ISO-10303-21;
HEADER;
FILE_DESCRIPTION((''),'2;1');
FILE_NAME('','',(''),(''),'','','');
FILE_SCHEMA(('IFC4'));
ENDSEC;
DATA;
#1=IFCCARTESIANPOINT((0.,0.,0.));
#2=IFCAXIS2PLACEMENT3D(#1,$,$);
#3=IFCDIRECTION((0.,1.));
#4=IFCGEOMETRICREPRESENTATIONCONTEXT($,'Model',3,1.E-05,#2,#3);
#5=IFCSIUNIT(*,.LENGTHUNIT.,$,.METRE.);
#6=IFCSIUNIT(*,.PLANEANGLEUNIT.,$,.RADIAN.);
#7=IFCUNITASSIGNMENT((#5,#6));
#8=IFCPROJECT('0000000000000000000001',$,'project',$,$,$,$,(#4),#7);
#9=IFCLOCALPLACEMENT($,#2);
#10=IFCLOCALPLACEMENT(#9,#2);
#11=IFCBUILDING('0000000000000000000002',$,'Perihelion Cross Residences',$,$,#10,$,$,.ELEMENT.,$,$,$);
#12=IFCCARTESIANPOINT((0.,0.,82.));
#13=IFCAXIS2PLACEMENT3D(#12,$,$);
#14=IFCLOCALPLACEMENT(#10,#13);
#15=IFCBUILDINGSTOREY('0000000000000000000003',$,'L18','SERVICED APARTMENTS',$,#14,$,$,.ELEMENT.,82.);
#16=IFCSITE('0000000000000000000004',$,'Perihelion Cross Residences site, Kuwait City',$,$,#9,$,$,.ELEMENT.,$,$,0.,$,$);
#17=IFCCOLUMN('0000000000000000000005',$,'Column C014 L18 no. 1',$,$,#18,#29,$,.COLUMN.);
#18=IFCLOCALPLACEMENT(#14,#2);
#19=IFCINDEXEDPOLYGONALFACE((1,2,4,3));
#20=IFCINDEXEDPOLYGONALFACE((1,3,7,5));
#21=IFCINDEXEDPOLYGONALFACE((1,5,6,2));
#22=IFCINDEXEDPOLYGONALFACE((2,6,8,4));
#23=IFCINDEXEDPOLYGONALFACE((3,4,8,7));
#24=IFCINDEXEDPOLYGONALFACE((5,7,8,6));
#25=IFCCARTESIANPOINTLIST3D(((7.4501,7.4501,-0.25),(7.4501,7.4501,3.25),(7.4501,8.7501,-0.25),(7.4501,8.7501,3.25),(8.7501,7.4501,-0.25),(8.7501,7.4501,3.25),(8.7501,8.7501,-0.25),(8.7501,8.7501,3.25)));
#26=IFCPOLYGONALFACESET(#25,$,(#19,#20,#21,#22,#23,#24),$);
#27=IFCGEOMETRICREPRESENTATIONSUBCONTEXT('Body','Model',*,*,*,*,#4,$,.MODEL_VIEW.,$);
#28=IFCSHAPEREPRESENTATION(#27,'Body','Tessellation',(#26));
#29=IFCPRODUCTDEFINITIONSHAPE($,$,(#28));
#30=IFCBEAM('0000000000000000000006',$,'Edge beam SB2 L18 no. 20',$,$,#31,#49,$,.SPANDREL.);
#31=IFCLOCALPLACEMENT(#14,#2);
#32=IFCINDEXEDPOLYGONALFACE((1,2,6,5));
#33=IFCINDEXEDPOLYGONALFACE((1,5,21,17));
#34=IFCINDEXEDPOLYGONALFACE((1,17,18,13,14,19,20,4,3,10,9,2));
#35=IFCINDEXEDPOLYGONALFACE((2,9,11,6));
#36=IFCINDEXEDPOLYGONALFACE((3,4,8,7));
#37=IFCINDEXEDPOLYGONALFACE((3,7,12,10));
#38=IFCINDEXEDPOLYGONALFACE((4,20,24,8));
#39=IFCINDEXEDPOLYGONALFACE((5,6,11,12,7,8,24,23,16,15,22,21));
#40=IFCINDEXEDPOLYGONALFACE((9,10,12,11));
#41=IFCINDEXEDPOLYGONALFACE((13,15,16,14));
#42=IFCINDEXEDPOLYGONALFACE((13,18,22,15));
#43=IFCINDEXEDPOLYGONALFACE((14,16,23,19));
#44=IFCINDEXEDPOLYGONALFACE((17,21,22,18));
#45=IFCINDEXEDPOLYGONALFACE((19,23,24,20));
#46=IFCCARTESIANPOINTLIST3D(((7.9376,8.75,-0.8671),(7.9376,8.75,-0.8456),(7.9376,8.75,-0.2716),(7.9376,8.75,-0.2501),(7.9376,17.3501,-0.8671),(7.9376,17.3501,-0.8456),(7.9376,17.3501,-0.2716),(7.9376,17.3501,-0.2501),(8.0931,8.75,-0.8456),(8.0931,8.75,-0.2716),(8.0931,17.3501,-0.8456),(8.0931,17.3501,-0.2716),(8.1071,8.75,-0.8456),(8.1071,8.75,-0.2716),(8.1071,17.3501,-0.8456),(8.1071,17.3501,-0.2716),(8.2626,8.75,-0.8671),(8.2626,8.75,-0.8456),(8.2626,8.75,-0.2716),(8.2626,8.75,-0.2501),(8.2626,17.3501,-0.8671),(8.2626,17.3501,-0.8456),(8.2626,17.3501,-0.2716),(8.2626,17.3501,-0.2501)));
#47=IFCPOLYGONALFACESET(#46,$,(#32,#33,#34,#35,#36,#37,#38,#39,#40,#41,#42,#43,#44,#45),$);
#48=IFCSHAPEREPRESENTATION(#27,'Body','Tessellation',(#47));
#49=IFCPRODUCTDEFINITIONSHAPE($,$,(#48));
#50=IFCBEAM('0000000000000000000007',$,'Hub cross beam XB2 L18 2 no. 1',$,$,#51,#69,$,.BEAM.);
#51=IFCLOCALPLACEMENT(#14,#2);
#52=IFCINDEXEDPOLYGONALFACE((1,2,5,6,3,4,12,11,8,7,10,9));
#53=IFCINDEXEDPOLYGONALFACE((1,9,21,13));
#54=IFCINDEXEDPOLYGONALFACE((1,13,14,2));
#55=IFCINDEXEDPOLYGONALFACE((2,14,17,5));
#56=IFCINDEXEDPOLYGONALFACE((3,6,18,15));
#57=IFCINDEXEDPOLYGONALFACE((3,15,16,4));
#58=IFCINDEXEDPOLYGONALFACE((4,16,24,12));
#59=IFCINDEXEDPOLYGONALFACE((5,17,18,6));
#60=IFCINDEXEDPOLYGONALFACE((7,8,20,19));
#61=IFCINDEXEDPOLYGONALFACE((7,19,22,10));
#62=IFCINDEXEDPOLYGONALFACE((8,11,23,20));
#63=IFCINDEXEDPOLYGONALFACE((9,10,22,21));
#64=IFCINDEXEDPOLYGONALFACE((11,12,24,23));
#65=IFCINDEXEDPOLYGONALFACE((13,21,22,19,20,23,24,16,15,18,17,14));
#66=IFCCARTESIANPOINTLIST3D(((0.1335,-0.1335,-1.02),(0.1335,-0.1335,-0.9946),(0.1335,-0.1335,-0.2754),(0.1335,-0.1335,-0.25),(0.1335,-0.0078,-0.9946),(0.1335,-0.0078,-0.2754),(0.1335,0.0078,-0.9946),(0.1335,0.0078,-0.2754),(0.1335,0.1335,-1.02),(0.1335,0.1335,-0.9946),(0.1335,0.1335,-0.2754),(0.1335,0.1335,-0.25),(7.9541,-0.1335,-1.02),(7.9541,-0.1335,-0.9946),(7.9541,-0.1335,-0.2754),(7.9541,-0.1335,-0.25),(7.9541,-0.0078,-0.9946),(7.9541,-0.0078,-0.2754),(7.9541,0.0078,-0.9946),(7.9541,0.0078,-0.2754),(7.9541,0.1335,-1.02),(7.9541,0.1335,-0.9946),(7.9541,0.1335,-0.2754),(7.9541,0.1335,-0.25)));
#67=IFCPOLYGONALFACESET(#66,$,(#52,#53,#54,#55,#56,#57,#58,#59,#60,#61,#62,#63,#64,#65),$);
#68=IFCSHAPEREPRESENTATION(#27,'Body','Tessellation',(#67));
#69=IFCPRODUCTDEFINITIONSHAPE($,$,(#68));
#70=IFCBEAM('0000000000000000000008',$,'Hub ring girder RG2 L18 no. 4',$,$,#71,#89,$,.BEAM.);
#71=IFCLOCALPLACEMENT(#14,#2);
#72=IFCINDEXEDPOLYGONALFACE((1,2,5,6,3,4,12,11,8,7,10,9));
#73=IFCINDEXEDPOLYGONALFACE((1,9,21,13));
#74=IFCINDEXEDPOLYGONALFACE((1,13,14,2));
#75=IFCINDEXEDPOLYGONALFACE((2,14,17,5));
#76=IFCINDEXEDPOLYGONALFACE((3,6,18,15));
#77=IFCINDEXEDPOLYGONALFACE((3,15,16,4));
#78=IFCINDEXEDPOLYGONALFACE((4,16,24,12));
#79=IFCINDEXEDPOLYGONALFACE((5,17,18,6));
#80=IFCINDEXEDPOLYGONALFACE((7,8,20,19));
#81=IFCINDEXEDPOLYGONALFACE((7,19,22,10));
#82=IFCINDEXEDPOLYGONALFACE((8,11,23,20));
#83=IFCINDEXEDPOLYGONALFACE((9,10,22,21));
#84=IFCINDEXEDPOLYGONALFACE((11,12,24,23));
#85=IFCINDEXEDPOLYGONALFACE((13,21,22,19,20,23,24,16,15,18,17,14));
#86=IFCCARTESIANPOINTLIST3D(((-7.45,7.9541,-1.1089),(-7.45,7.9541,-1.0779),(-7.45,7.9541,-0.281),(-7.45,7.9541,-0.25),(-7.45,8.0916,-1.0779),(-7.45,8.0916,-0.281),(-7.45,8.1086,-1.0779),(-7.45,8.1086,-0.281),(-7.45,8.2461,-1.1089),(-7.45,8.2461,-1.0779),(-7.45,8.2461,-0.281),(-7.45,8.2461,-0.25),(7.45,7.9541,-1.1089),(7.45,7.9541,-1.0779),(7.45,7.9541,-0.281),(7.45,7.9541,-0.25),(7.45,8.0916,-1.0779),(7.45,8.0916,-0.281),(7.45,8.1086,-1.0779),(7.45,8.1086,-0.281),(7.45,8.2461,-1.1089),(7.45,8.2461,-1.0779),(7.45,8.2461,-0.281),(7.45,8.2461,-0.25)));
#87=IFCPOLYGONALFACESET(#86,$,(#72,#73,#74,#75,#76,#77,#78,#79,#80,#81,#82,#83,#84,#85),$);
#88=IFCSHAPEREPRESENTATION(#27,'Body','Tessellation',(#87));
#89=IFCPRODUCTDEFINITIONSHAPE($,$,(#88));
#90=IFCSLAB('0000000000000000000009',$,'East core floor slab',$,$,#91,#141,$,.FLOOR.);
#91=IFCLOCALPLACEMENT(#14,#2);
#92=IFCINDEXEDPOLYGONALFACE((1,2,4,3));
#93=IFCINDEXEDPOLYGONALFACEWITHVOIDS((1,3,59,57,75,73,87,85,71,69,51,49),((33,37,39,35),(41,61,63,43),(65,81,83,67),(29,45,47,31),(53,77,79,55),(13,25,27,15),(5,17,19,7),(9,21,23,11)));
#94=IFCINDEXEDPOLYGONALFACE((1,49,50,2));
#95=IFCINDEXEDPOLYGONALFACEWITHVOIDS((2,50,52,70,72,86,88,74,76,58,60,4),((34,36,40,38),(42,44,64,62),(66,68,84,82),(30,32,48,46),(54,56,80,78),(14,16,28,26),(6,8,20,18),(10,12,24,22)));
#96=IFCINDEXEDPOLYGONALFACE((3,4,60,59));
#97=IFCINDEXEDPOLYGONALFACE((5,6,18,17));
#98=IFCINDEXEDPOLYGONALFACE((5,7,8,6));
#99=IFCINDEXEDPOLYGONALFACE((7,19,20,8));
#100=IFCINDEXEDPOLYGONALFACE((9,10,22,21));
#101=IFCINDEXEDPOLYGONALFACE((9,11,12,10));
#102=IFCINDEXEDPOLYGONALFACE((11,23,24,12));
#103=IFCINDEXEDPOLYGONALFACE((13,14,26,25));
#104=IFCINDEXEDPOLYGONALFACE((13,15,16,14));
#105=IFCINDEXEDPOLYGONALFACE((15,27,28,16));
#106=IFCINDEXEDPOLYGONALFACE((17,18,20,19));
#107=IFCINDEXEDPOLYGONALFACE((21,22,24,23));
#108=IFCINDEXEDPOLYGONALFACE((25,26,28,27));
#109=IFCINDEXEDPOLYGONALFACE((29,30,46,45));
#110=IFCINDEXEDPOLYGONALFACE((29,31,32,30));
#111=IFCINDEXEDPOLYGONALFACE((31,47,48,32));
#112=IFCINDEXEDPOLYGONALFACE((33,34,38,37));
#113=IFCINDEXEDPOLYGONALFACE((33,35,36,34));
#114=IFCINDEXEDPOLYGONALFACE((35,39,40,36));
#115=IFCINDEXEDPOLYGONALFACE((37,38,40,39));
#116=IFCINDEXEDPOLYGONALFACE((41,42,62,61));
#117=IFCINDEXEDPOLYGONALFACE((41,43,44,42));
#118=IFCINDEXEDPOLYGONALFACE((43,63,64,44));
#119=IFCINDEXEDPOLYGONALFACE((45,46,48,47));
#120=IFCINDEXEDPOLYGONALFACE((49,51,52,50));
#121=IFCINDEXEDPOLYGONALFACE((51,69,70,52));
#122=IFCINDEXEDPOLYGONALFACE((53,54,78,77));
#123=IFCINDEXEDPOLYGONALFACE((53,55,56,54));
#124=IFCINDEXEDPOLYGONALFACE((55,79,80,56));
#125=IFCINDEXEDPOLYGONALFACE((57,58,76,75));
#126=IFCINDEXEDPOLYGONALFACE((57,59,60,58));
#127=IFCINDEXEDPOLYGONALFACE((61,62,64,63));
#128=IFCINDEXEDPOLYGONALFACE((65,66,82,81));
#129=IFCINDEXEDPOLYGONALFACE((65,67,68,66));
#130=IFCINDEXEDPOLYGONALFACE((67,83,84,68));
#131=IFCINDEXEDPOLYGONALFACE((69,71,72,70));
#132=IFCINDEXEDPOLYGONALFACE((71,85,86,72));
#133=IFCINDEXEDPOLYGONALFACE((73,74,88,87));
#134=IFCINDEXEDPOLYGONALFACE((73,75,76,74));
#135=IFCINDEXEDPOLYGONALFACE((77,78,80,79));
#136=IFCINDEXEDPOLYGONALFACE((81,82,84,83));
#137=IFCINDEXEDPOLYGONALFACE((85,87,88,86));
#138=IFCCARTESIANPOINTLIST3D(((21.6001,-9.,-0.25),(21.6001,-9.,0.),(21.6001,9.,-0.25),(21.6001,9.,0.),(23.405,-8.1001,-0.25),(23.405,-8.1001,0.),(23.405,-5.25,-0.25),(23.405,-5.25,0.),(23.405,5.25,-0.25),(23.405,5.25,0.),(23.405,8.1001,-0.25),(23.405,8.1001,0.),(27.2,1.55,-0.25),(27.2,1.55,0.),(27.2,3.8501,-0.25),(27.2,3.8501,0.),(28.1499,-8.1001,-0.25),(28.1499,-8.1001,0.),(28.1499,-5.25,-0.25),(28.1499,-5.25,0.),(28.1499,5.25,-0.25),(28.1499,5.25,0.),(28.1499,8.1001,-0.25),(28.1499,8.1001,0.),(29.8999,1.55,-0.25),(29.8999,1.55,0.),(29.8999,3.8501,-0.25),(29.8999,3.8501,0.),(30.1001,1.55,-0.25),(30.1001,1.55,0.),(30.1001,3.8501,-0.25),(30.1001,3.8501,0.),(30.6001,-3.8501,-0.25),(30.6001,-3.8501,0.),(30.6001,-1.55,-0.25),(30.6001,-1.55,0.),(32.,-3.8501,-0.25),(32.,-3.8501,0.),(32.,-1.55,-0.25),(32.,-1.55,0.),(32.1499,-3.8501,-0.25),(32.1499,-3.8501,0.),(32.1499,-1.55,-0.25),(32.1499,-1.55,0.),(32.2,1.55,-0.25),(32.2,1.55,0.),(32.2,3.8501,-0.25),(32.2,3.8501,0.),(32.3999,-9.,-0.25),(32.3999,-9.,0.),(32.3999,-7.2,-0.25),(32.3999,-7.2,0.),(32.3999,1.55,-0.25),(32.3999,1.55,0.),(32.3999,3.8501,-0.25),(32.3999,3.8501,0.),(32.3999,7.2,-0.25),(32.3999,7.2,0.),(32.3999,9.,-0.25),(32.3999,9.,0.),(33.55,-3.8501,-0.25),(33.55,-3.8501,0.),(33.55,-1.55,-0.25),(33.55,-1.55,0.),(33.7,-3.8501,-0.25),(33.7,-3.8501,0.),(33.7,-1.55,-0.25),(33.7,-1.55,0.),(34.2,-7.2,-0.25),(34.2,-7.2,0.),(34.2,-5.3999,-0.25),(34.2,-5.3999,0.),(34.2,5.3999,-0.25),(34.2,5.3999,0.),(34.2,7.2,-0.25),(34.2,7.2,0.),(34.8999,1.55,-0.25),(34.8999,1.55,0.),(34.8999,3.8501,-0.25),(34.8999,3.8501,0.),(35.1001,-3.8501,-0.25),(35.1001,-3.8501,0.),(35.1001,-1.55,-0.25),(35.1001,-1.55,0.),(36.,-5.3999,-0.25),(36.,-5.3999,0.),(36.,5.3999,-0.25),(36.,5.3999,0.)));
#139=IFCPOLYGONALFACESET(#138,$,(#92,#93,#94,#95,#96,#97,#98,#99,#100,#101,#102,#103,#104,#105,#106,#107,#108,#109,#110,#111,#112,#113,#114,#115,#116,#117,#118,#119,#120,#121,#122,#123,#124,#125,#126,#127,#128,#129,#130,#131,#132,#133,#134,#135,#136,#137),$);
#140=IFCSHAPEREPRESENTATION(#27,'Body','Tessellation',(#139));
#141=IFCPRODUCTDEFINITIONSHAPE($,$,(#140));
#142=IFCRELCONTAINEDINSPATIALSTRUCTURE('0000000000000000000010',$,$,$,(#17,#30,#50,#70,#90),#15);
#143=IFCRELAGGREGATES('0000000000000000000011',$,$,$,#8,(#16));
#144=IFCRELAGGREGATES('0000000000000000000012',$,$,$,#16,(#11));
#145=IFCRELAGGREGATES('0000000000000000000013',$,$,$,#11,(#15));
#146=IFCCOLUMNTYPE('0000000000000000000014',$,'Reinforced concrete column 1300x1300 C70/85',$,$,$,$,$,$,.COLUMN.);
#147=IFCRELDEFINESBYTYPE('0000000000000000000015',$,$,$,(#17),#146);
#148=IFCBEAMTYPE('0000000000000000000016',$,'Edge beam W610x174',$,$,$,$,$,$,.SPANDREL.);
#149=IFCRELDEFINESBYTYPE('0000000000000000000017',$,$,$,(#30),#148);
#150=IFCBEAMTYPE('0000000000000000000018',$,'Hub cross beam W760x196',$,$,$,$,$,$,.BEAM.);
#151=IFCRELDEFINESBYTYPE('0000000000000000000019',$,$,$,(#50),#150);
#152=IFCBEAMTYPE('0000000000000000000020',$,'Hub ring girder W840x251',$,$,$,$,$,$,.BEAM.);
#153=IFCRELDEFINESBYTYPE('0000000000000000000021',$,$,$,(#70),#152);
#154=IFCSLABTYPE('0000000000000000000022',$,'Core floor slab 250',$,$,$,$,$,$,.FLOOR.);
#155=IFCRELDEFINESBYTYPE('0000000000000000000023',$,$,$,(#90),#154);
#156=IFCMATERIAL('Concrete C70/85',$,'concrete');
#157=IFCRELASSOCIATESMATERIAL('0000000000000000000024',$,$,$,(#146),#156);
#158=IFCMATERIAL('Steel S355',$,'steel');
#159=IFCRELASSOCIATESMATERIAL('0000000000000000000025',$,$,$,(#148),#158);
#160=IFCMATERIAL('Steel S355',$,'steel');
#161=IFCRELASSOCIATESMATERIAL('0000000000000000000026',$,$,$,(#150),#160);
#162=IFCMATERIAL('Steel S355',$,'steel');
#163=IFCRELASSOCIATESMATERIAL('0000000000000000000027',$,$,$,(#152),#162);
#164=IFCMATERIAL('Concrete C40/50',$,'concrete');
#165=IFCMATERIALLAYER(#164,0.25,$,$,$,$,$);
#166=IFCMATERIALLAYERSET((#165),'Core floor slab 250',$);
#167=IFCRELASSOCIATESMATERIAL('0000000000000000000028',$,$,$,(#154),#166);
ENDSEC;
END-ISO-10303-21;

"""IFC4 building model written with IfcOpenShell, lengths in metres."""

from ifc_helpers import new_model, si_unit, direction, frame, origin, origin_2d, place, context, subcontext, project, spatial, polyline, rectangle, i_section, outline, extrude, material, layer, layer_set, material_profile, profile_set, type_object, element, save


model = new_model("IFC4")

# Units and contexts
model_context = context("Model", 3, precision=1e-05, world=origin(), true_north=direction((0.0, 1.0)))
body_context = subcontext(model_context, "Body", "Model", "MODEL_VIEW")
ifc_project = project(units=[si_unit("LENGTHUNIT", "METRE"), si_unit("PLANEANGLEUNIT", "RADIAN")], contexts=[model_context])

# Site, building, storey
site_placement = place(None, origin())
site = spatial("IfcSite", under=ifc_project, at=site_placement, Name="Perihelion Cross Residences site, Kuwait City", CompositionType="ELEMENT", RefElevation=0.0)
building_placement = place(site_placement, origin())
building = spatial("IfcBuilding", under=site, at=building_placement, Name="Perihelion Cross Residences", CompositionType="ELEMENT")
storey_placement = place(building_placement, frame((0.0, 0.0, 82.0)))
storey = spatial("IfcBuildingStorey", under=building, at=storey_placement, Name="L18", Description="SERVICED APARTMENTS", CompositionType="ELEMENT", Elevation=82.0)

# Column
ifc_material_1 = material(Name="Concrete C70/85", Category="concrete")
ifc_material_profile_1 = material_profile(ifc_material_1, rectangle(XDim=1.3, YDim=1.3, at=origin_2d()), Name="RC 1300x1300")
ifc_profile_set_1 = profile_set([ifc_material_profile_1], Name="Concrete C70/85")
column_type = type_object("IfcColumnType", Name="Reinforced concrete column 1300x1300 C70/85", PredefinedType="COLUMN", material=ifc_profile_set_1)
column_placement = place(storey_placement, frame((8.1001, 8.1001, -0.25), z_axis=(0.0, 0.0, 1.0), x_axis=(1.0, 0.0, 0.0)))
element("IfcColumn", 1, at=column_placement, inside=storey, type_object=column_type, Name="Column C014 L18 no. 1", PredefinedType="COLUMN", context=body_context, shape_type="SweptSolid", body=[
    extrude(rectangle(XDim=1.3, YDim=1.3, at=origin_2d()), origin(), (0.0, 0.0, 1.0), 3.5),
])

# Beams
ifc_material_2 = material(Name="Steel S355", Category="steel")
ifc_material_profile_2 = material_profile(ifc_material_2, i_section(OverallWidth=0.325, OverallDepth=0.6169, WebThickness=0.0139, FlangeThickness=0.0215, at=origin_2d()), Name="W610x174")
ifc_profile_set_2 = profile_set([ifc_material_profile_2], Name="Steel S355")
beam_type_1 = type_object("IfcBeamType", Name="Edge beam W610x174", PredefinedType="SPANDREL", material=ifc_profile_set_2)
beam_1_placement = place(storey_placement, frame((8.1001, 8.75, -0.5586), z_axis=(0.0, 1.0, 0.0), x_axis=(-1.0, 0.0, 0.0)))
element("IfcBeam", 2, at=beam_1_placement, inside=storey, type_object=beam_type_1, Name="Edge beam SB2 L18 no. 20", PredefinedType="SPANDREL", context=body_context, shape_type="SweptSolid", body=[
    extrude(i_section(OverallWidth=0.325, OverallDepth=0.6169, WebThickness=0.0139, FlangeThickness=0.0215, at=origin_2d()), origin(), (0.0, 0.0, 1.0), 8.6001),
])
ifc_material_3 = material(Name="Steel S355", Category="steel")
ifc_material_profile_3 = material_profile(ifc_material_3, i_section(OverallWidth=0.2671, OverallDepth=0.77, WebThickness=0.0156, FlangeThickness=0.0254, at=origin_2d()), Name="W760x196")
ifc_profile_set_3 = profile_set([ifc_material_profile_3], Name="Steel S355")
beam_type_2 = type_object("IfcBeamType", Name="Hub cross beam W760x196", PredefinedType="BEAM", material=ifc_profile_set_3)
beam_2_placement = place(storey_placement, frame((0.1335, 0.0, -0.635), z_axis=(1.0, 0.0, 0.0), x_axis=(0.0, 1.0, 0.0)))
element("IfcBeam", 3, at=beam_2_placement, inside=storey, type_object=beam_type_2, Name="Hub cross beam XB2 L18 2 no. 1", PredefinedType="BEAM", context=body_context, shape_type="SweptSolid", body=[
    extrude(i_section(OverallWidth=0.2671, OverallDepth=0.77, WebThickness=0.0156, FlangeThickness=0.0254, at=origin_2d()), origin(), (0.0, 0.0, 1.0), 7.8206),
])
ifc_material_4 = material(Name="Steel S355", Category="steel")
ifc_material_profile_4 = material_profile(ifc_material_4, i_section(OverallWidth=0.292, OverallDepth=0.8589, WebThickness=0.0171, FlangeThickness=0.031, at=origin_2d()), Name="W840x251")
ifc_profile_set_4 = profile_set([ifc_material_profile_4], Name="Steel S355")
beam_type_3 = type_object("IfcBeamType", Name="Hub ring girder W840x251", PredefinedType="BEAM", material=ifc_profile_set_4)
beam_3_placement = place(storey_placement, frame((7.45, 8.1001, -0.6794), z_axis=(-1.0, 0.0, 0.0), x_axis=(0.0, -1.0, 0.0)))
element("IfcBeam", 4, at=beam_3_placement, inside=storey, type_object=beam_type_3, Name="Hub ring girder RG2 L18 no. 4", PredefinedType="BEAM", context=body_context, shape_type="SweptSolid", body=[
    extrude(i_section(OverallWidth=0.292, OverallDepth=0.8589, WebThickness=0.0171, FlangeThickness=0.031, at=origin_2d()), origin(), (0.0, 0.0, 1.0), 14.8999),
])

# Slab
ifc_material_5 = material(Name="Concrete C40/50", Category="concrete")
ifc_layer_1 = layer(ifc_material_5, 0.25)
ifc_layer_set_1 = layer_set([ifc_layer_1], Name="Core floor slab 250")
slab_type_1 = type_object("IfcSlabType", Name="Core floor slab 250", PredefinedType="FLOOR", material=ifc_layer_set_1)
slab_1_placement = place(storey_placement, frame((0.0, 0.0, -0.25)))
element("IfcSlab", 5, at=slab_1_placement, inside=storey, type_object=slab_type_1, Name="East core floor slab", PredefinedType="FLOOR", context=body_context, shape_type="SweptSolid", body=[
    extrude(outline(polyline([(32.3999, 7.2), (34.2, 7.2), (34.2, 5.3999), (36.0, 5.3999), (36.0, -5.3999), (34.2, -5.3999), (34.2, -7.2), (32.3999, -7.2), (32.3999, -9.0), (21.6001, -9.0), (21.6001, 9.0), (32.3999, 9.0), (32.3999, 7.2)]), holes=[polyline([(23.405, -8.1001), (28.1499, -8.1001), (28.1499, -5.25), (23.405, -5.25), (23.405, -8.1001)]), polyline([(30.6001, -1.55), (30.6001, -3.8501), (32.0, -3.8501), (32.0, -1.55), (30.6001, -1.55)]), polyline([(32.1499, -1.55), (32.1499, -3.8501), (33.55, -3.8501), (33.55, -1.55), (32.1499, -1.55)]), polyline([(33.7, -1.55), (33.7, -3.8501), (35.1001, -3.8501), (35.1001, -1.55), (33.7, -1.55)]), polyline([(27.2, 3.8501), (27.2, 1.55), (29.8999, 1.55), (29.8999, 3.8501), (27.2, 3.8501)]), polyline([(30.1001, 3.8501), (30.1001, 1.55), (32.2, 1.55), (32.2, 3.8501), (30.1001, 3.8501)]), polyline([(32.3999, 3.8501), (32.3999, 1.55), (34.8999, 1.55), (34.8999, 3.8501), (32.3999, 3.8501)]), polyline([(23.405, 5.25), (28.1499, 5.25), (28.1499, 8.1001), (23.405, 8.1001), (23.405, 5.25)])]), origin(), (0.0, 0.0, 1.0), 0.25),
])

save(model, "model.ifc")
